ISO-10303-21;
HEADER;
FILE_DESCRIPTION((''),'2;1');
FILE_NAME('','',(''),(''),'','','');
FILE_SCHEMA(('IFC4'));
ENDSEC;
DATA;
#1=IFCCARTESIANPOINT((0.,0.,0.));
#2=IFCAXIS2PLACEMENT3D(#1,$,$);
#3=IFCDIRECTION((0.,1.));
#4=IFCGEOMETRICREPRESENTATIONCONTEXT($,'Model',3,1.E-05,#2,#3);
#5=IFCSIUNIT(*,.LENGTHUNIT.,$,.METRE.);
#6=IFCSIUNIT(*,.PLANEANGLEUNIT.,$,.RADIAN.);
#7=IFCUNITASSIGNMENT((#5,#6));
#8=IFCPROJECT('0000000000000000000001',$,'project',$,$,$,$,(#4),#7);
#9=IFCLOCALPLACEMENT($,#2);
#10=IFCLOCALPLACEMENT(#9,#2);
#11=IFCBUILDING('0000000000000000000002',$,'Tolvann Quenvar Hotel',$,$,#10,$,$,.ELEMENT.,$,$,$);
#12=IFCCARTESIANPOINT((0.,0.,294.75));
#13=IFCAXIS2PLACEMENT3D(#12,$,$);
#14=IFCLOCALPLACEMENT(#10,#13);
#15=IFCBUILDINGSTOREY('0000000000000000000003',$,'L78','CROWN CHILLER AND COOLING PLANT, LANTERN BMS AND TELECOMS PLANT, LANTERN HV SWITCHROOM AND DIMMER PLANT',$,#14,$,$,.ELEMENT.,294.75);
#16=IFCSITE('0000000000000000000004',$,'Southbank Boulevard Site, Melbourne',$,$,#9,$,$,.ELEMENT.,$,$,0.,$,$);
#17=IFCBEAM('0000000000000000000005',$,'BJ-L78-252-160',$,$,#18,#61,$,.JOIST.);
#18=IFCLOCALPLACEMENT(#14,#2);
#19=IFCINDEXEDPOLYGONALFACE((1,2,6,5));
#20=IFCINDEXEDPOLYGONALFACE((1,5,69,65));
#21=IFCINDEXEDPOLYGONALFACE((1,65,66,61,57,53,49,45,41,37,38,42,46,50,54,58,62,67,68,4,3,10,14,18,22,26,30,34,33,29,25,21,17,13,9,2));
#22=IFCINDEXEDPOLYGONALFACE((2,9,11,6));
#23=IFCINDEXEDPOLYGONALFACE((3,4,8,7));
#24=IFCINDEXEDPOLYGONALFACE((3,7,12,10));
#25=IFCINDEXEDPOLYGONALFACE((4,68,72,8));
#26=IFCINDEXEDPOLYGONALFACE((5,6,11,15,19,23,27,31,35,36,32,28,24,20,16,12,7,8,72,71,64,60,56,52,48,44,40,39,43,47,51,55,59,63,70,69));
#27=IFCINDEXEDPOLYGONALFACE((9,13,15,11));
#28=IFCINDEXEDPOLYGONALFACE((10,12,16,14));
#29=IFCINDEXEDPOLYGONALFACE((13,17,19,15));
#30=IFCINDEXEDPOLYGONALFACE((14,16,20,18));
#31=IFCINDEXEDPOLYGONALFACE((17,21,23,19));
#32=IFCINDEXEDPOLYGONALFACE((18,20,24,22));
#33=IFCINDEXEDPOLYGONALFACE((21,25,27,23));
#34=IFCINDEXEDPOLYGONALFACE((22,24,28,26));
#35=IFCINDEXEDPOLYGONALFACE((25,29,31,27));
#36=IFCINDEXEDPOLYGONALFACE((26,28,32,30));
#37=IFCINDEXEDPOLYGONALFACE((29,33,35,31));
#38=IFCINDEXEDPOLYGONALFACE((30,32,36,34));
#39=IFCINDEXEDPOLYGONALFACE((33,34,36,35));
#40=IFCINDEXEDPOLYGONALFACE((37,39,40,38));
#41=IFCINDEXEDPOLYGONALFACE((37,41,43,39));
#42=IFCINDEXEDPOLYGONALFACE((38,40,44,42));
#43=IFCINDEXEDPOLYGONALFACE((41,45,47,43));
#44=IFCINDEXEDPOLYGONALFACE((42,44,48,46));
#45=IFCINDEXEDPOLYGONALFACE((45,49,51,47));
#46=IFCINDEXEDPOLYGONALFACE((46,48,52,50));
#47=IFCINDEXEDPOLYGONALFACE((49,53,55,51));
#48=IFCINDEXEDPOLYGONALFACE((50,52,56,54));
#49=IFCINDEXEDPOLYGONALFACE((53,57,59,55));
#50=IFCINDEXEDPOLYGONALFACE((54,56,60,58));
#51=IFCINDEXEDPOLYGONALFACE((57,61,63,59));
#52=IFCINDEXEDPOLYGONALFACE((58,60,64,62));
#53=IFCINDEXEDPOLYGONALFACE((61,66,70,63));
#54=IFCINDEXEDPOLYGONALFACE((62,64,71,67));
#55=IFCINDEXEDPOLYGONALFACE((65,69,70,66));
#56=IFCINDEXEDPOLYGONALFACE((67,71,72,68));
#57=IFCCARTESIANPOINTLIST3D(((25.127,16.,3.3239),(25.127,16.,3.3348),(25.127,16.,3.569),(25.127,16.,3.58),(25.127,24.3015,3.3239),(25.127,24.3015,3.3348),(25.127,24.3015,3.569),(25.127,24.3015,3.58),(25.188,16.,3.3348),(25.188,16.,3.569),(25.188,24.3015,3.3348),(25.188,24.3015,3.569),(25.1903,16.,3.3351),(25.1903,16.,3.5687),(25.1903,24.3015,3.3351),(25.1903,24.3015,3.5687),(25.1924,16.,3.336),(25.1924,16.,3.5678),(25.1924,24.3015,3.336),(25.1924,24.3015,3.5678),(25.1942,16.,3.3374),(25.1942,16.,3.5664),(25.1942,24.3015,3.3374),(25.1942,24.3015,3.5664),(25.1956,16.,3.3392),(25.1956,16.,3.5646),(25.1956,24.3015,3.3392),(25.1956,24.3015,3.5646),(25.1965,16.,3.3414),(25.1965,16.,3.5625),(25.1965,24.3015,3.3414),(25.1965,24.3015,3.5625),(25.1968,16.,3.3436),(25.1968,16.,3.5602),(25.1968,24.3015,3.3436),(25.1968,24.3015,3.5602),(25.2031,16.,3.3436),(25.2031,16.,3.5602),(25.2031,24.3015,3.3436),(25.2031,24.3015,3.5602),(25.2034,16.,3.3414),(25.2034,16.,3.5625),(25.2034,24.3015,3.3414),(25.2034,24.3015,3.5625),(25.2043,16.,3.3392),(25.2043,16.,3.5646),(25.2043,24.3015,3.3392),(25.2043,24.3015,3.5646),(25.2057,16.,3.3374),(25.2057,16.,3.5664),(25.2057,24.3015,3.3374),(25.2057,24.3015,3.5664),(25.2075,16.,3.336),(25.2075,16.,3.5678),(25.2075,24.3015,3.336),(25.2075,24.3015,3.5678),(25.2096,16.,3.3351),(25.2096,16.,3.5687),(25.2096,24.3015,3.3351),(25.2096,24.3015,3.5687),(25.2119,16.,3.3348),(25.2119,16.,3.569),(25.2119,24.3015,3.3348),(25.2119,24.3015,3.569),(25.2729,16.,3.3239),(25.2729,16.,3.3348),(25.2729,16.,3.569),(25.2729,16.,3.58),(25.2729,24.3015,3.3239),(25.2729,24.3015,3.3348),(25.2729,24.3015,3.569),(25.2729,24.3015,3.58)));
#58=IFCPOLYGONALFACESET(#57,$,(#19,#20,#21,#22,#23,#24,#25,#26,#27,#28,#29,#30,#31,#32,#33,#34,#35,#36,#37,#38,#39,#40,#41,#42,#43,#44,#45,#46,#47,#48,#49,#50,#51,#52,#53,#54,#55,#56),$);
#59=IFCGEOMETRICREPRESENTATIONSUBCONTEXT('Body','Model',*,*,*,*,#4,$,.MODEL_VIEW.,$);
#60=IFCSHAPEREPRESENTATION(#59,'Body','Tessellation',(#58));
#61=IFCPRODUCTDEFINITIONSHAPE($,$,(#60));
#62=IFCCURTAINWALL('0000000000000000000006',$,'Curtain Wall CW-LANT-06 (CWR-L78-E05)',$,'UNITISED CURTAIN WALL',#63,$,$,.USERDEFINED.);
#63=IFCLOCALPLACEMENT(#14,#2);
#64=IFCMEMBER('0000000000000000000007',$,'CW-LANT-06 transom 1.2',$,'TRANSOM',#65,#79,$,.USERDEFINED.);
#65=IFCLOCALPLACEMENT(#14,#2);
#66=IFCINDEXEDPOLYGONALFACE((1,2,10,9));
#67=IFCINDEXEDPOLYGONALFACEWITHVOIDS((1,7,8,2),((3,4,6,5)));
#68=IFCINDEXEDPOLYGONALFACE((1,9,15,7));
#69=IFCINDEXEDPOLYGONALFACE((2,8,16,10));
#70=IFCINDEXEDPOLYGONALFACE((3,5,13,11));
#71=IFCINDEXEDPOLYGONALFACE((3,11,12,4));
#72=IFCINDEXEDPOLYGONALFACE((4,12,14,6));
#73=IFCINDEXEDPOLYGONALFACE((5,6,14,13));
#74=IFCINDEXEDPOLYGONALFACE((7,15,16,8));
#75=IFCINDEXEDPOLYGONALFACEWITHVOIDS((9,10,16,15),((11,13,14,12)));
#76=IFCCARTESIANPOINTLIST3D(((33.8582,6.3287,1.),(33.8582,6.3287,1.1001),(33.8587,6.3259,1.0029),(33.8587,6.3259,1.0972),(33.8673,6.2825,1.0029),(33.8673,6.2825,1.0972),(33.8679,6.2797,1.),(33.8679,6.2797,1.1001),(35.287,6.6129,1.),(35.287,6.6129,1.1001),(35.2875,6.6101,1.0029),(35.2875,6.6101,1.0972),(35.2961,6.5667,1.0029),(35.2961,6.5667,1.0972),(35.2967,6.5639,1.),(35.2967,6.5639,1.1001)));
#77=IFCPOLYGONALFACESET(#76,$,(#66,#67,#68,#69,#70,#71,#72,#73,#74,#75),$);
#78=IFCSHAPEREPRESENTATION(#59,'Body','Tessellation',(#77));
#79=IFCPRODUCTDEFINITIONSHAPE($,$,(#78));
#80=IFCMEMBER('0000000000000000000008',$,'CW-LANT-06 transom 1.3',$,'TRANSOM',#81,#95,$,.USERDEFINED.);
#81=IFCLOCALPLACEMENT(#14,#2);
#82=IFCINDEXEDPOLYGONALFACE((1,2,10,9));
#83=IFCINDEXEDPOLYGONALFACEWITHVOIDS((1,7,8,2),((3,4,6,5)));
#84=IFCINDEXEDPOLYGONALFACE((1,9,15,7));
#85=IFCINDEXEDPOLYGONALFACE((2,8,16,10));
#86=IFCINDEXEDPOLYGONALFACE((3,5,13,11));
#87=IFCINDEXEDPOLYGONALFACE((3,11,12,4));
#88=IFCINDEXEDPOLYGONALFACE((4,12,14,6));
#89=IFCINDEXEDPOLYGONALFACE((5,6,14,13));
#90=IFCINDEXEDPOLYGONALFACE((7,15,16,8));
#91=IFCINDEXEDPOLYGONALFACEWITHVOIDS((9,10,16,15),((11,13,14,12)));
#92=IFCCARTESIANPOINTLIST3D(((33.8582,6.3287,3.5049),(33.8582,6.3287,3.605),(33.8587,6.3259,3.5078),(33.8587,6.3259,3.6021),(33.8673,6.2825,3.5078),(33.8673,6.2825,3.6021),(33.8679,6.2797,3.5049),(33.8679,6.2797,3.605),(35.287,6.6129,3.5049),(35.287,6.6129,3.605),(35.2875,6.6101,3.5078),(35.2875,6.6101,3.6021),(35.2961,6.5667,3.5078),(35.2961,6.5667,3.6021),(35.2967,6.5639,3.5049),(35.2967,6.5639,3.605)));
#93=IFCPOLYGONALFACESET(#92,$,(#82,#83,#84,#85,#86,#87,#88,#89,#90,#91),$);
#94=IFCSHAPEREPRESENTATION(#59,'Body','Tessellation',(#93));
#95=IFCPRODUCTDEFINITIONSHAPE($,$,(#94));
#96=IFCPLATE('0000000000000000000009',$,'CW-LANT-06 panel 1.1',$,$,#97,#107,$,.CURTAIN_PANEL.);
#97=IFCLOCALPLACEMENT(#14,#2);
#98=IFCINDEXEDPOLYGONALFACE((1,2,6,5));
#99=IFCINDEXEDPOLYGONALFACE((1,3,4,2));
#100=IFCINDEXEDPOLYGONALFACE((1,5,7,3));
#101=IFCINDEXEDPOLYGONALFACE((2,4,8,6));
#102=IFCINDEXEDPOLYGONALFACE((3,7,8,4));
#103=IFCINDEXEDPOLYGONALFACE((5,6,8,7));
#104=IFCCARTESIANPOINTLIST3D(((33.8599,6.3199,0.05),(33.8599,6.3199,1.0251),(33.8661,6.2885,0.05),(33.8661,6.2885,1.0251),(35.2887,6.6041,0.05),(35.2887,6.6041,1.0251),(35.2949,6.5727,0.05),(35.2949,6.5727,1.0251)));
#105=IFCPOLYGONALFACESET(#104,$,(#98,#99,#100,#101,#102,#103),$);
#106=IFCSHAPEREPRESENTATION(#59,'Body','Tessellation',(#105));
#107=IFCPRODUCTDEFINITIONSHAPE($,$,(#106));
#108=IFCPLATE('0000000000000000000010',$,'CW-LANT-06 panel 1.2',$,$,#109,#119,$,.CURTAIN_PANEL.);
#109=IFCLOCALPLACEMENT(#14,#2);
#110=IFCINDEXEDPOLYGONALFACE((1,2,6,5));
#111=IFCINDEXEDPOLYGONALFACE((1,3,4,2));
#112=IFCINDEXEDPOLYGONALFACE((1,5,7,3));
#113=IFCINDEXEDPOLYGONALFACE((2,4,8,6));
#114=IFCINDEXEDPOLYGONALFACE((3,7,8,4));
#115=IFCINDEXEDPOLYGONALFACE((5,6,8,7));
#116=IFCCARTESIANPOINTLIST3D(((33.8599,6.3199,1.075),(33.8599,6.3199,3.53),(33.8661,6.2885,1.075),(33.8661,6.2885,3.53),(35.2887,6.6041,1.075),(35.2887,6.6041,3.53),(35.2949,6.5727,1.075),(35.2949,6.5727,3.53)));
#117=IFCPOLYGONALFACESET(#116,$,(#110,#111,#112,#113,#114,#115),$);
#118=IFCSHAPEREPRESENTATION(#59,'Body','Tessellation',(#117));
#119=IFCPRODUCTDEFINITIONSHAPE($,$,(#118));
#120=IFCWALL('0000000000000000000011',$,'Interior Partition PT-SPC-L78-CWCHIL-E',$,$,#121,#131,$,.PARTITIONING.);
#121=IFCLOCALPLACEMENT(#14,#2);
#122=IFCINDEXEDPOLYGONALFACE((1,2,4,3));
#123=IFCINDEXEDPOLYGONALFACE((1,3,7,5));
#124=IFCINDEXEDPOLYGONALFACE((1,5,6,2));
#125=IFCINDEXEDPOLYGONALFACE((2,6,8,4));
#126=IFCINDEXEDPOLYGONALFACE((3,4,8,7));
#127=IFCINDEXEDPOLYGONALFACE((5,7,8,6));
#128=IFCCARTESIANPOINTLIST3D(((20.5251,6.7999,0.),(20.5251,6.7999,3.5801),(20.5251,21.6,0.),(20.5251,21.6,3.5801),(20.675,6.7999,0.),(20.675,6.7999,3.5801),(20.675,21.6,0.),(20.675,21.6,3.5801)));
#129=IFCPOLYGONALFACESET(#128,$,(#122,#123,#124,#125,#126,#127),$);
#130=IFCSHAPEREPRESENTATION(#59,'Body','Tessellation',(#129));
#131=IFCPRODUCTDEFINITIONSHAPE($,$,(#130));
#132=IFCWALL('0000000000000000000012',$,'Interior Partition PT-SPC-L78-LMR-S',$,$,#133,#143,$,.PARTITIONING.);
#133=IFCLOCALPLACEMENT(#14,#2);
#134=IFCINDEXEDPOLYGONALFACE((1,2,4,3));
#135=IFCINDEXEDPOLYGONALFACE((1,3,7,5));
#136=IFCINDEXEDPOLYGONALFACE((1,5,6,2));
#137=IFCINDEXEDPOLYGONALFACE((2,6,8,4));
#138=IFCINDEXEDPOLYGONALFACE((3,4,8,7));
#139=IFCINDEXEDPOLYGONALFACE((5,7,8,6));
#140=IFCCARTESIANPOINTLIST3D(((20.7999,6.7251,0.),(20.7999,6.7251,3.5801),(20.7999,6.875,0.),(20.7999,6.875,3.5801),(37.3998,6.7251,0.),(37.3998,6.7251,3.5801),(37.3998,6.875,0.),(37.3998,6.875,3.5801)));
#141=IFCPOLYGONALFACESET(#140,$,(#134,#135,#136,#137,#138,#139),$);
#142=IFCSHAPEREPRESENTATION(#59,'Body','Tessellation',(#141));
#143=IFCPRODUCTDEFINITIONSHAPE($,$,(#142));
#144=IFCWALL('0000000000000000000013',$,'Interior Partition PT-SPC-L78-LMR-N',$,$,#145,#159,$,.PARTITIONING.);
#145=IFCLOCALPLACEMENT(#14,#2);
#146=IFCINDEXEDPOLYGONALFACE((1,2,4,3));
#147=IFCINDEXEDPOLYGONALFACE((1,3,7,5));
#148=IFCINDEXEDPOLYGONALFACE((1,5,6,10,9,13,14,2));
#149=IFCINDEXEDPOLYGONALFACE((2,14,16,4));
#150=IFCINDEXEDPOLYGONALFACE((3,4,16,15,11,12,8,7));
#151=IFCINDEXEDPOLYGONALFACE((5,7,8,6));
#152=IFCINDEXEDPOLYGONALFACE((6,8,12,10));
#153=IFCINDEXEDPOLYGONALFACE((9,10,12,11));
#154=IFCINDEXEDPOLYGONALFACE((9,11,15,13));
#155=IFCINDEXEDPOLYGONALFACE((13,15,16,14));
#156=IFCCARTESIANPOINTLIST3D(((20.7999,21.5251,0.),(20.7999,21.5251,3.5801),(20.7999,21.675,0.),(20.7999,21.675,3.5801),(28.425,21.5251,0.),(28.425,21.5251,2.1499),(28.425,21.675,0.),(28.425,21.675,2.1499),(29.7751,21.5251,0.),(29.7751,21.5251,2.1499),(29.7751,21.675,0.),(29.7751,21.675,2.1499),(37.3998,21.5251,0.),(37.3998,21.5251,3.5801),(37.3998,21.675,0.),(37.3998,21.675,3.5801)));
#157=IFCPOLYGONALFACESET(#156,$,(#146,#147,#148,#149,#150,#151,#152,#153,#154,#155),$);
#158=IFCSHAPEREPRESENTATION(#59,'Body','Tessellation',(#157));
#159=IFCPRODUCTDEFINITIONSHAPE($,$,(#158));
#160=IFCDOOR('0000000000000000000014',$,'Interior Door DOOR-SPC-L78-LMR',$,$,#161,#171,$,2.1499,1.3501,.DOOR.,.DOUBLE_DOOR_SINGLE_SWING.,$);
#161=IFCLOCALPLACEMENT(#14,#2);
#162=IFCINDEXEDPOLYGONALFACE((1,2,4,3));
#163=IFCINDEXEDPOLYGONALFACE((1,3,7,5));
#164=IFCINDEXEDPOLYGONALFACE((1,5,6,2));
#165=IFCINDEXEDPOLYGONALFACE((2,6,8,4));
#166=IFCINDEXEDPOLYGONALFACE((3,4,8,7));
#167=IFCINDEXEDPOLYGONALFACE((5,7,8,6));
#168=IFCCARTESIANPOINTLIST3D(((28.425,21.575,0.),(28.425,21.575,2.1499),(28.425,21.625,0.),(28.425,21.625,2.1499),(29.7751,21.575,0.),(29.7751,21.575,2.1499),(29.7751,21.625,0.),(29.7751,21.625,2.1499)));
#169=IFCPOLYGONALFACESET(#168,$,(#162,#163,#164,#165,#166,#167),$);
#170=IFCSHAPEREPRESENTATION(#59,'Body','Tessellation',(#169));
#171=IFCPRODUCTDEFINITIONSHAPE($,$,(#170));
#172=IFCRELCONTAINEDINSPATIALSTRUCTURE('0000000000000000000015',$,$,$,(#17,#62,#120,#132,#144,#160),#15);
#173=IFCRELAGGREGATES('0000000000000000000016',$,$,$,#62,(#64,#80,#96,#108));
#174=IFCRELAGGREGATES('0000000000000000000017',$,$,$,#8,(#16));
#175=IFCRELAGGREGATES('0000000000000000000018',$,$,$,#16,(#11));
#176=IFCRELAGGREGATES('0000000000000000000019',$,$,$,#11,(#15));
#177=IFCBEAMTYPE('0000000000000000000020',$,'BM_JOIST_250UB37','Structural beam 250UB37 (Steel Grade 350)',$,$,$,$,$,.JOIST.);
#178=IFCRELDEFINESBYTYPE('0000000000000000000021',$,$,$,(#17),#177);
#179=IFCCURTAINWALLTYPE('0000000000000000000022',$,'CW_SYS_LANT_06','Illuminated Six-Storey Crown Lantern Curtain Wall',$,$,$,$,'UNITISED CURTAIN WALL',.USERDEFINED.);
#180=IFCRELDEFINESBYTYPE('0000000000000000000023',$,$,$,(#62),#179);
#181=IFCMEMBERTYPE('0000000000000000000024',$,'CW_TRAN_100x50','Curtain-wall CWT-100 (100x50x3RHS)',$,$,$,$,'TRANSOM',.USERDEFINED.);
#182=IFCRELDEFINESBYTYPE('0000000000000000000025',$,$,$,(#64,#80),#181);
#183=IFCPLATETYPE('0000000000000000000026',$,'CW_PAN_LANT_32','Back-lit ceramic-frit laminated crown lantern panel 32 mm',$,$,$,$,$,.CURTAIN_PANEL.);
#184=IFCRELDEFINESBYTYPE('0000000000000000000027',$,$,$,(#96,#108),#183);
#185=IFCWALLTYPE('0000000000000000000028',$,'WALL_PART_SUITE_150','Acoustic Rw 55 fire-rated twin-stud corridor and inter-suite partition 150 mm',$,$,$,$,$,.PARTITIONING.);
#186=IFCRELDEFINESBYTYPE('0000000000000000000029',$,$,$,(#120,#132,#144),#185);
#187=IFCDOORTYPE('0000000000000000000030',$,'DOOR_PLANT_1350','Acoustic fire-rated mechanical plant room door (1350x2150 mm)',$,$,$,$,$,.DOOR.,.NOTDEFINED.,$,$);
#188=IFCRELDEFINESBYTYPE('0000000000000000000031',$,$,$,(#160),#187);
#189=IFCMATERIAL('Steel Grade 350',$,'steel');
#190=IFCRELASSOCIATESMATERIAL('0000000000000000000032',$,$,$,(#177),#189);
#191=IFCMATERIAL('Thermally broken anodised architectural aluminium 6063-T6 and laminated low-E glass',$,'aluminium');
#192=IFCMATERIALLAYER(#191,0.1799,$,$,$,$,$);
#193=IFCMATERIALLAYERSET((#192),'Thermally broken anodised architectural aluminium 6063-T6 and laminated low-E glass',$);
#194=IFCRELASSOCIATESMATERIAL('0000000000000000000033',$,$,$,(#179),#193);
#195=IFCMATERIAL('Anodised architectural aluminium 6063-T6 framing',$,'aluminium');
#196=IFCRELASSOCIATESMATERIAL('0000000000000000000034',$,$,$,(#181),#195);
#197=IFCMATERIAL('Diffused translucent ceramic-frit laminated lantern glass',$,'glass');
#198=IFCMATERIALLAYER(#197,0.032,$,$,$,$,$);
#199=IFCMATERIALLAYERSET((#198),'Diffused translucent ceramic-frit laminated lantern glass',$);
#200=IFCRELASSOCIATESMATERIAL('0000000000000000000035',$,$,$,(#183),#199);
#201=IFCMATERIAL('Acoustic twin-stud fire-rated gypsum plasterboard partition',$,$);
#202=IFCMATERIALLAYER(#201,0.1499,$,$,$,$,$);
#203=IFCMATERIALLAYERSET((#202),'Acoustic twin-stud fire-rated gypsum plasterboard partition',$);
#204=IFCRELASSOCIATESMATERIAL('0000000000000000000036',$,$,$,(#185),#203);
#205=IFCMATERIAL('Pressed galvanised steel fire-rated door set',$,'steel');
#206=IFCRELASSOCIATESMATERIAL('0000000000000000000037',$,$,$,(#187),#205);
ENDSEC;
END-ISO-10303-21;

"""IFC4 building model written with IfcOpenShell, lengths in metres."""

from ifc_helpers import new_model, si_unit, direction, frame, frame_2d, origin, origin_2d, place, context, subcontext, project, spatial, rectangle, hollow_rectangle, i_section, extrude, source, transform, mapped, material, layer, layer_set, material_profile, profile_set, type_object, type_shapes, element, fill, aggregate, save


model = new_model("IFC4")

# Units and contexts
model_context = context("Model", 3, precision=1e-05, world=origin(), true_north=direction((0.0, 1.0)))
body_context = subcontext(model_context, "Body", "Model", "MODEL_VIEW")
ifc_project = project(units=[si_unit("LENGTHUNIT", "METRE"), si_unit("PLANEANGLEUNIT", "RADIAN")], contexts=[model_context])

# Site, building, storey
site_placement = place(None, origin())
site = spatial("IfcSite", under=ifc_project, at=site_placement, Name="Southbank Boulevard Site, Melbourne", CompositionType="ELEMENT", RefElevation=0.0)
building_placement = place(site_placement, origin())
building = spatial("IfcBuilding", under=site, at=building_placement, Name="Tolvann Quenvar Hotel", CompositionType="ELEMENT")
storey_placement = place(building_placement, frame((0.0, 0.0, 294.75)))
storey = spatial("IfcBuildingStorey", under=building, at=storey_placement, Name="L78", Description="CROWN CHILLER AND COOLING PLANT, LANTERN BMS AND TELECOMS PLANT, LANTERN HV SWITCHROOM AND DIMMER PLANT", CompositionType="ELEMENT", Elevation=294.75)

# Shared definitions
ifc_material_1 = material(Name="Steel Grade 350", Category="steel")

# Beam
ifc_material_profile_1 = material_profile(ifc_material_1, i_section(OverallWidth=0.146, OverallDepth=0.2561, WebThickness=0.0063, FlangeThickness=0.011, FilletRadius=0.0088, at=origin_2d()), Name="250UB37")
ifc_profile_set_1 = profile_set([ifc_material_profile_1], Name="Steel Grade 350")
beam_type_1 = type_object("IfcBeamType", Name="BM_JOIST_250UB37", Description="Structural beam 250UB37 (Steel Grade 350)", PredefinedType="JOIST", material=ifc_profile_set_1)
shared_shape_1 = source(origin(), body_context, "Body", "SweptSolid", [
    extrude(i_section(OverallWidth=0.146, OverallDepth=0.2561, WebThickness=0.0063, FlangeThickness=0.011, FilletRadius=0.0088, at=origin_2d()), origin(), (0.0, 0.0, 1.0), 8.3015),
])
type_shapes(beam_type_1, [shared_shape_1])
beam_1_placement = place(storey_placement, frame((25.2, 16.0, 3.4519), z_axis=(0.0, 1.0, 0.0), x_axis=(-1.0, 0.0, 0.0)))
element("IfcBeam", 1, at=beam_1_placement, inside=storey, type_object=beam_type_1, Name="BJ-L78-252-160", PredefinedType="JOIST", context=body_context, shape_type="MappedRepresentation", body=[
    mapped(shared_shape_1, transform((0.0, 0.0, 0.0), x_axis=(1.0, 0.0, 0.0), y_axis=(0.0, 1.0, 0.0), z_axis=(0.0, 0.0, 1.0), scale=1.0)),
])

# Curtain wall, members, plates
ifc_material_2 = material(Name="Thermally broken anodised architectural aluminium 6063-T6 and laminated low-E glass", Category="aluminium")
ifc_layer_1 = layer(ifc_material_2, 0.1799)
ifc_layer_set_1 = layer_set([ifc_layer_1], Name="Thermally broken anodised architectural aluminium 6063-T6 and laminated low-E glass")
curtain_wall_type = type_object("IfcCurtainWallType", Name="CW_SYS_LANT_06", Description="Illuminated Six-Storey Crown Lantern Curtain Wall", ElementType="UNITISED CURTAIN WALL", PredefinedType="USERDEFINED", material=ifc_layer_set_1)
curtain_wall_placement = place(storey_placement, origin())
curtain_wall = element("IfcCurtainWall", 2, at=curtain_wall_placement, inside=storey, type_object=curtain_wall_type, Name="Curtain Wall CW-LANT-06 (CWR-L78-E05)", ObjectType="UNITISED CURTAIN WALL", PredefinedType="USERDEFINED")
ifc_material_3 = material(Name="Anodised architectural aluminium 6063-T6 framing", Category="aluminium")
ifc_material_profile_2 = material_profile(ifc_material_3, hollow_rectangle(XDim=0.05, YDim=0.1001, WallThickness=0.0029, at=origin_2d()), Name="100x50x3RHS")
ifc_profile_set_2 = profile_set([ifc_material_profile_2], Name="Anodised architectural aluminium 6063-T6 framing")
member_type = type_object("IfcMemberType", Name="CW_TRAN_100x50", Description="Curtain-wall CWT-100 (100x50x3RHS)", ElementType="TRANSOM", PredefinedType="USERDEFINED", material=ifc_profile_set_2)
shared_shape_2 = source(origin(), body_context, "Body", "SweptSolid", [
    extrude(hollow_rectangle(XDim=0.05, YDim=0.1001, WallThickness=0.0029, at=origin_2d()), origin(), (0.0, 0.0, 1.0), 1.4568),
])
type_shapes(member_type, [shared_shape_2])
member_1_placement = place(storey_placement, frame((33.863, 6.3042, 1.05), z_axis=(0.980786, 0.195085, 0.0), x_axis=(-0.195085, 0.980786, 0.0)))
member_1 = element("IfcMember", 3, at=member_1_placement, type_object=member_type, Name="CW-LANT-06 transom 1.2", ObjectType="TRANSOM", PredefinedType="USERDEFINED", context=body_context, shape_type="MappedRepresentation", body=[
    mapped(shared_shape_2, transform((0.0, 0.0, 0.0), x_axis=(1.0, 0.0, 0.0), y_axis=(0.0, 1.0, 0.0), z_axis=(0.0, 0.0, 1.0), scale=1.0)),
])
member_2_placement = place(storey_placement, frame((33.863, 6.3042, 3.5549), z_axis=(0.980786, 0.195085, 0.0), x_axis=(-0.195085, 0.980786, 0.0)))
member_2 = element("IfcMember", 4, at=member_2_placement, type_object=member_type, Name="CW-LANT-06 transom 1.3", ObjectType="TRANSOM", PredefinedType="USERDEFINED", context=body_context, shape_type="MappedRepresentation", body=[
    mapped(shared_shape_2, transform((0.0, 0.0, 0.0), x_axis=(1.0, 0.0, 0.0), y_axis=(0.0, 1.0, 0.0), z_axis=(0.0, 0.0, 1.0), scale=1.0)),
])
ifc_material_4 = material(Name="Diffused translucent ceramic-frit laminated lantern glass", Category="glass")
ifc_layer_2 = layer(ifc_material_4, 0.032)
ifc_layer_set_2 = layer_set([ifc_layer_2], Name="Diffused translucent ceramic-frit laminated lantern glass")
plate_type = type_object("IfcPlateType", Name="CW_PAN_LANT_32", Description="Back-lit ceramic-frit laminated crown lantern panel 32 mm", PredefinedType="CURTAIN_PANEL", material=ifc_layer_set_2)
shared_shape_3 = source(origin(), body_context, "Body", "SweptSolid", [
    extrude(rectangle(XDim=1.4568, YDim=0.032, at=origin_2d()), origin(), (0.0, 0.0, 1.0), 0.9751),
])
plate_1_placement = place(storey_placement, frame((34.5774, 6.4463, 0.05), z_axis=(0.0, 0.0, 1.0), x_axis=(0.980791, 0.195062, 0.0)))
plate_1 = element("IfcPlate", 5, at=plate_1_placement, type_object=plate_type, Name="CW-LANT-06 panel 1.1", PredefinedType="CURTAIN_PANEL", context=body_context, shape_type="MappedRepresentation", body=[
    mapped(shared_shape_3, transform((0.0, 0.0, 0.0), x_axis=(1.0, 0.0, 0.0), y_axis=(0.0, 1.0, 0.0), z_axis=(0.0, 0.0, 1.0), scale=1.0)),
])
shared_shape_4 = source(origin(), body_context, "Body", "SweptSolid", [
    extrude(rectangle(XDim=1.4568, YDim=0.032, at=origin_2d()), origin(), (0.0, 0.0, 1.0), 2.4551),
])
type_shapes(plate_type, [shared_shape_3, shared_shape_4])
plate_2_placement = place(storey_placement, frame((34.5774, 6.4463, 1.075), z_axis=(0.0, 0.0, 1.0), x_axis=(0.980791, 0.195062, 0.0)))
plate_2 = element("IfcPlate", 6, at=plate_2_placement, type_object=plate_type, Name="CW-LANT-06 panel 1.2", PredefinedType="CURTAIN_PANEL", context=body_context, shape_type="MappedRepresentation", body=[
    mapped(shared_shape_4, transform((0.0, 0.0, 0.0), x_axis=(1.0, 0.0, 0.0), y_axis=(0.0, 1.0, 0.0), z_axis=(0.0, 0.0, 1.0), scale=1.0)),
])
aggregate(curtain_wall, [member_1, member_2, plate_1, plate_2])

# Walls
ifc_material_5 = material(Name="Acoustic twin-stud fire-rated gypsum plasterboard partition")
ifc_layer_3 = layer(ifc_material_5, 0.1499)
ifc_layer_set_3 = layer_set([ifc_layer_3], Name="Acoustic twin-stud fire-rated gypsum plasterboard partition")
wall_type = type_object("IfcWallType", Name="WALL_PART_SUITE_150", Description="Acoustic Rw 55 fire-rated twin-stud corridor and inter-suite partition 150 mm", PredefinedType="PARTITIONING", material=ifc_layer_set_3)
wall_1_placement = place(storey_placement, frame((20.6001, 6.8, 0.0), z_axis=(0.0, 0.0, 1.0), x_axis=(0.0, 1.0, 0.0)))
element("IfcWall", 7, at=wall_1_placement, inside=storey, type_object=wall_type, Name="Interior Partition PT-SPC-L78-CWCHIL-E", PredefinedType="PARTITIONING", context=body_context, shape_type="SweptSolid", body=[
    extrude(rectangle(XDim=14.8, YDim=0.1499, at=frame_2d((7.3999, 0.0))), origin(), (0.0, 0.0, 1.0), 3.5801),
])
wall_2_placement = place(storey_placement, frame((20.8, 6.8, 0.0), z_axis=(0.0, 0.0, 1.0), x_axis=(1.0, 0.0, 0.0)))
element("IfcWall", 8, at=wall_2_placement, inside=storey, type_object=wall_type, Name="Interior Partition PT-SPC-L78-LMR-S", PredefinedType="PARTITIONING", context=body_context, shape_type="SweptSolid", body=[
    extrude(rectangle(XDim=16.5999, YDim=0.1499, at=frame_2d((8.2998, 0.0))), origin(), (0.0, 0.0, 1.0), 3.5801),
])

# Wall, opening, door
wall_3_placement = place(storey_placement, frame((20.8, 21.6001, 0.0), z_axis=(0.0, 0.0, 1.0), x_axis=(1.0, 0.0, 0.0)))
wall_3 = element("IfcWall", 9, at=wall_3_placement, inside=storey, type_object=wall_type, Name="Interior Partition PT-SPC-L78-LMR-N", PredefinedType="PARTITIONING", context=body_context, shape_type="SweptSolid", body=[
    extrude(rectangle(XDim=16.5999, YDim=0.1499, at=frame_2d((8.2998, 0.0))), origin(), (0.0, 0.0, 1.0), 3.5801),
])
opening_placement = place(wall_3_placement, frame((7.625, 0.0, 0.0)))
opening = element("IfcOpeningElement", 10, at=opening_placement, cuts=wall_3, PredefinedType="OPENING", context=body_context, shape_type="SweptSolid", body=[
    extrude(rectangle(XDim=1.3501, YDim=2.1499, at=frame_2d((0.675, 1.075))), frame((0.0, 0.085, 0.0), z_axis=(0.0, -1.0, 0.0), x_axis=(1.0, 0.0, 0.0)), (0.0, 0.0, 1.0), 0.1699),
])
ifc_material_6 = material(Name="Pressed galvanised steel fire-rated door set", Category="steel")
door_type = type_object("IfcDoorType", Name="DOOR_PLANT_1350", Description="Acoustic fire-rated mechanical plant room door (1350x2150 mm)", OperationType="NOTDEFINED", PredefinedType="DOOR", material=ifc_material_6)
shared_shape_5 = source(origin(), body_context, "Body", "SweptSolid", [
    extrude(rectangle(XDim=1.3501, YDim=2.1499, at=frame_2d((0.675, 1.075))), frame((0.0, 0.0249, 0.0), z_axis=(0.0, -1.0, 0.0), x_axis=(1.0, 0.0, 0.0)), (0.0, 0.0, 1.0), 0.05),
])
type_shapes(door_type, [shared_shape_5])
door_placement = place(opening_placement, origin())
door = element("IfcDoor", 11, at=door_placement, inside=storey, type_object=door_type, Name="Interior Door DOOR-SPC-L78-LMR", OperationType="DOUBLE_DOOR_SINGLE_SWING", OverallHeight=2.1499, OverallWidth=1.3501, PredefinedType="DOOR", context=body_context, shape_type="MappedRepresentation", body=[
    mapped(shared_shape_5, transform((0.0, 0.0, 0.0), x_axis=(1.0, 0.0, 0.0), y_axis=(0.0, 1.0, 0.0), z_axis=(0.0, 0.0, 1.0), scale=1.0)),
])
fill(opening, door)

save(model, "model.ifc")
